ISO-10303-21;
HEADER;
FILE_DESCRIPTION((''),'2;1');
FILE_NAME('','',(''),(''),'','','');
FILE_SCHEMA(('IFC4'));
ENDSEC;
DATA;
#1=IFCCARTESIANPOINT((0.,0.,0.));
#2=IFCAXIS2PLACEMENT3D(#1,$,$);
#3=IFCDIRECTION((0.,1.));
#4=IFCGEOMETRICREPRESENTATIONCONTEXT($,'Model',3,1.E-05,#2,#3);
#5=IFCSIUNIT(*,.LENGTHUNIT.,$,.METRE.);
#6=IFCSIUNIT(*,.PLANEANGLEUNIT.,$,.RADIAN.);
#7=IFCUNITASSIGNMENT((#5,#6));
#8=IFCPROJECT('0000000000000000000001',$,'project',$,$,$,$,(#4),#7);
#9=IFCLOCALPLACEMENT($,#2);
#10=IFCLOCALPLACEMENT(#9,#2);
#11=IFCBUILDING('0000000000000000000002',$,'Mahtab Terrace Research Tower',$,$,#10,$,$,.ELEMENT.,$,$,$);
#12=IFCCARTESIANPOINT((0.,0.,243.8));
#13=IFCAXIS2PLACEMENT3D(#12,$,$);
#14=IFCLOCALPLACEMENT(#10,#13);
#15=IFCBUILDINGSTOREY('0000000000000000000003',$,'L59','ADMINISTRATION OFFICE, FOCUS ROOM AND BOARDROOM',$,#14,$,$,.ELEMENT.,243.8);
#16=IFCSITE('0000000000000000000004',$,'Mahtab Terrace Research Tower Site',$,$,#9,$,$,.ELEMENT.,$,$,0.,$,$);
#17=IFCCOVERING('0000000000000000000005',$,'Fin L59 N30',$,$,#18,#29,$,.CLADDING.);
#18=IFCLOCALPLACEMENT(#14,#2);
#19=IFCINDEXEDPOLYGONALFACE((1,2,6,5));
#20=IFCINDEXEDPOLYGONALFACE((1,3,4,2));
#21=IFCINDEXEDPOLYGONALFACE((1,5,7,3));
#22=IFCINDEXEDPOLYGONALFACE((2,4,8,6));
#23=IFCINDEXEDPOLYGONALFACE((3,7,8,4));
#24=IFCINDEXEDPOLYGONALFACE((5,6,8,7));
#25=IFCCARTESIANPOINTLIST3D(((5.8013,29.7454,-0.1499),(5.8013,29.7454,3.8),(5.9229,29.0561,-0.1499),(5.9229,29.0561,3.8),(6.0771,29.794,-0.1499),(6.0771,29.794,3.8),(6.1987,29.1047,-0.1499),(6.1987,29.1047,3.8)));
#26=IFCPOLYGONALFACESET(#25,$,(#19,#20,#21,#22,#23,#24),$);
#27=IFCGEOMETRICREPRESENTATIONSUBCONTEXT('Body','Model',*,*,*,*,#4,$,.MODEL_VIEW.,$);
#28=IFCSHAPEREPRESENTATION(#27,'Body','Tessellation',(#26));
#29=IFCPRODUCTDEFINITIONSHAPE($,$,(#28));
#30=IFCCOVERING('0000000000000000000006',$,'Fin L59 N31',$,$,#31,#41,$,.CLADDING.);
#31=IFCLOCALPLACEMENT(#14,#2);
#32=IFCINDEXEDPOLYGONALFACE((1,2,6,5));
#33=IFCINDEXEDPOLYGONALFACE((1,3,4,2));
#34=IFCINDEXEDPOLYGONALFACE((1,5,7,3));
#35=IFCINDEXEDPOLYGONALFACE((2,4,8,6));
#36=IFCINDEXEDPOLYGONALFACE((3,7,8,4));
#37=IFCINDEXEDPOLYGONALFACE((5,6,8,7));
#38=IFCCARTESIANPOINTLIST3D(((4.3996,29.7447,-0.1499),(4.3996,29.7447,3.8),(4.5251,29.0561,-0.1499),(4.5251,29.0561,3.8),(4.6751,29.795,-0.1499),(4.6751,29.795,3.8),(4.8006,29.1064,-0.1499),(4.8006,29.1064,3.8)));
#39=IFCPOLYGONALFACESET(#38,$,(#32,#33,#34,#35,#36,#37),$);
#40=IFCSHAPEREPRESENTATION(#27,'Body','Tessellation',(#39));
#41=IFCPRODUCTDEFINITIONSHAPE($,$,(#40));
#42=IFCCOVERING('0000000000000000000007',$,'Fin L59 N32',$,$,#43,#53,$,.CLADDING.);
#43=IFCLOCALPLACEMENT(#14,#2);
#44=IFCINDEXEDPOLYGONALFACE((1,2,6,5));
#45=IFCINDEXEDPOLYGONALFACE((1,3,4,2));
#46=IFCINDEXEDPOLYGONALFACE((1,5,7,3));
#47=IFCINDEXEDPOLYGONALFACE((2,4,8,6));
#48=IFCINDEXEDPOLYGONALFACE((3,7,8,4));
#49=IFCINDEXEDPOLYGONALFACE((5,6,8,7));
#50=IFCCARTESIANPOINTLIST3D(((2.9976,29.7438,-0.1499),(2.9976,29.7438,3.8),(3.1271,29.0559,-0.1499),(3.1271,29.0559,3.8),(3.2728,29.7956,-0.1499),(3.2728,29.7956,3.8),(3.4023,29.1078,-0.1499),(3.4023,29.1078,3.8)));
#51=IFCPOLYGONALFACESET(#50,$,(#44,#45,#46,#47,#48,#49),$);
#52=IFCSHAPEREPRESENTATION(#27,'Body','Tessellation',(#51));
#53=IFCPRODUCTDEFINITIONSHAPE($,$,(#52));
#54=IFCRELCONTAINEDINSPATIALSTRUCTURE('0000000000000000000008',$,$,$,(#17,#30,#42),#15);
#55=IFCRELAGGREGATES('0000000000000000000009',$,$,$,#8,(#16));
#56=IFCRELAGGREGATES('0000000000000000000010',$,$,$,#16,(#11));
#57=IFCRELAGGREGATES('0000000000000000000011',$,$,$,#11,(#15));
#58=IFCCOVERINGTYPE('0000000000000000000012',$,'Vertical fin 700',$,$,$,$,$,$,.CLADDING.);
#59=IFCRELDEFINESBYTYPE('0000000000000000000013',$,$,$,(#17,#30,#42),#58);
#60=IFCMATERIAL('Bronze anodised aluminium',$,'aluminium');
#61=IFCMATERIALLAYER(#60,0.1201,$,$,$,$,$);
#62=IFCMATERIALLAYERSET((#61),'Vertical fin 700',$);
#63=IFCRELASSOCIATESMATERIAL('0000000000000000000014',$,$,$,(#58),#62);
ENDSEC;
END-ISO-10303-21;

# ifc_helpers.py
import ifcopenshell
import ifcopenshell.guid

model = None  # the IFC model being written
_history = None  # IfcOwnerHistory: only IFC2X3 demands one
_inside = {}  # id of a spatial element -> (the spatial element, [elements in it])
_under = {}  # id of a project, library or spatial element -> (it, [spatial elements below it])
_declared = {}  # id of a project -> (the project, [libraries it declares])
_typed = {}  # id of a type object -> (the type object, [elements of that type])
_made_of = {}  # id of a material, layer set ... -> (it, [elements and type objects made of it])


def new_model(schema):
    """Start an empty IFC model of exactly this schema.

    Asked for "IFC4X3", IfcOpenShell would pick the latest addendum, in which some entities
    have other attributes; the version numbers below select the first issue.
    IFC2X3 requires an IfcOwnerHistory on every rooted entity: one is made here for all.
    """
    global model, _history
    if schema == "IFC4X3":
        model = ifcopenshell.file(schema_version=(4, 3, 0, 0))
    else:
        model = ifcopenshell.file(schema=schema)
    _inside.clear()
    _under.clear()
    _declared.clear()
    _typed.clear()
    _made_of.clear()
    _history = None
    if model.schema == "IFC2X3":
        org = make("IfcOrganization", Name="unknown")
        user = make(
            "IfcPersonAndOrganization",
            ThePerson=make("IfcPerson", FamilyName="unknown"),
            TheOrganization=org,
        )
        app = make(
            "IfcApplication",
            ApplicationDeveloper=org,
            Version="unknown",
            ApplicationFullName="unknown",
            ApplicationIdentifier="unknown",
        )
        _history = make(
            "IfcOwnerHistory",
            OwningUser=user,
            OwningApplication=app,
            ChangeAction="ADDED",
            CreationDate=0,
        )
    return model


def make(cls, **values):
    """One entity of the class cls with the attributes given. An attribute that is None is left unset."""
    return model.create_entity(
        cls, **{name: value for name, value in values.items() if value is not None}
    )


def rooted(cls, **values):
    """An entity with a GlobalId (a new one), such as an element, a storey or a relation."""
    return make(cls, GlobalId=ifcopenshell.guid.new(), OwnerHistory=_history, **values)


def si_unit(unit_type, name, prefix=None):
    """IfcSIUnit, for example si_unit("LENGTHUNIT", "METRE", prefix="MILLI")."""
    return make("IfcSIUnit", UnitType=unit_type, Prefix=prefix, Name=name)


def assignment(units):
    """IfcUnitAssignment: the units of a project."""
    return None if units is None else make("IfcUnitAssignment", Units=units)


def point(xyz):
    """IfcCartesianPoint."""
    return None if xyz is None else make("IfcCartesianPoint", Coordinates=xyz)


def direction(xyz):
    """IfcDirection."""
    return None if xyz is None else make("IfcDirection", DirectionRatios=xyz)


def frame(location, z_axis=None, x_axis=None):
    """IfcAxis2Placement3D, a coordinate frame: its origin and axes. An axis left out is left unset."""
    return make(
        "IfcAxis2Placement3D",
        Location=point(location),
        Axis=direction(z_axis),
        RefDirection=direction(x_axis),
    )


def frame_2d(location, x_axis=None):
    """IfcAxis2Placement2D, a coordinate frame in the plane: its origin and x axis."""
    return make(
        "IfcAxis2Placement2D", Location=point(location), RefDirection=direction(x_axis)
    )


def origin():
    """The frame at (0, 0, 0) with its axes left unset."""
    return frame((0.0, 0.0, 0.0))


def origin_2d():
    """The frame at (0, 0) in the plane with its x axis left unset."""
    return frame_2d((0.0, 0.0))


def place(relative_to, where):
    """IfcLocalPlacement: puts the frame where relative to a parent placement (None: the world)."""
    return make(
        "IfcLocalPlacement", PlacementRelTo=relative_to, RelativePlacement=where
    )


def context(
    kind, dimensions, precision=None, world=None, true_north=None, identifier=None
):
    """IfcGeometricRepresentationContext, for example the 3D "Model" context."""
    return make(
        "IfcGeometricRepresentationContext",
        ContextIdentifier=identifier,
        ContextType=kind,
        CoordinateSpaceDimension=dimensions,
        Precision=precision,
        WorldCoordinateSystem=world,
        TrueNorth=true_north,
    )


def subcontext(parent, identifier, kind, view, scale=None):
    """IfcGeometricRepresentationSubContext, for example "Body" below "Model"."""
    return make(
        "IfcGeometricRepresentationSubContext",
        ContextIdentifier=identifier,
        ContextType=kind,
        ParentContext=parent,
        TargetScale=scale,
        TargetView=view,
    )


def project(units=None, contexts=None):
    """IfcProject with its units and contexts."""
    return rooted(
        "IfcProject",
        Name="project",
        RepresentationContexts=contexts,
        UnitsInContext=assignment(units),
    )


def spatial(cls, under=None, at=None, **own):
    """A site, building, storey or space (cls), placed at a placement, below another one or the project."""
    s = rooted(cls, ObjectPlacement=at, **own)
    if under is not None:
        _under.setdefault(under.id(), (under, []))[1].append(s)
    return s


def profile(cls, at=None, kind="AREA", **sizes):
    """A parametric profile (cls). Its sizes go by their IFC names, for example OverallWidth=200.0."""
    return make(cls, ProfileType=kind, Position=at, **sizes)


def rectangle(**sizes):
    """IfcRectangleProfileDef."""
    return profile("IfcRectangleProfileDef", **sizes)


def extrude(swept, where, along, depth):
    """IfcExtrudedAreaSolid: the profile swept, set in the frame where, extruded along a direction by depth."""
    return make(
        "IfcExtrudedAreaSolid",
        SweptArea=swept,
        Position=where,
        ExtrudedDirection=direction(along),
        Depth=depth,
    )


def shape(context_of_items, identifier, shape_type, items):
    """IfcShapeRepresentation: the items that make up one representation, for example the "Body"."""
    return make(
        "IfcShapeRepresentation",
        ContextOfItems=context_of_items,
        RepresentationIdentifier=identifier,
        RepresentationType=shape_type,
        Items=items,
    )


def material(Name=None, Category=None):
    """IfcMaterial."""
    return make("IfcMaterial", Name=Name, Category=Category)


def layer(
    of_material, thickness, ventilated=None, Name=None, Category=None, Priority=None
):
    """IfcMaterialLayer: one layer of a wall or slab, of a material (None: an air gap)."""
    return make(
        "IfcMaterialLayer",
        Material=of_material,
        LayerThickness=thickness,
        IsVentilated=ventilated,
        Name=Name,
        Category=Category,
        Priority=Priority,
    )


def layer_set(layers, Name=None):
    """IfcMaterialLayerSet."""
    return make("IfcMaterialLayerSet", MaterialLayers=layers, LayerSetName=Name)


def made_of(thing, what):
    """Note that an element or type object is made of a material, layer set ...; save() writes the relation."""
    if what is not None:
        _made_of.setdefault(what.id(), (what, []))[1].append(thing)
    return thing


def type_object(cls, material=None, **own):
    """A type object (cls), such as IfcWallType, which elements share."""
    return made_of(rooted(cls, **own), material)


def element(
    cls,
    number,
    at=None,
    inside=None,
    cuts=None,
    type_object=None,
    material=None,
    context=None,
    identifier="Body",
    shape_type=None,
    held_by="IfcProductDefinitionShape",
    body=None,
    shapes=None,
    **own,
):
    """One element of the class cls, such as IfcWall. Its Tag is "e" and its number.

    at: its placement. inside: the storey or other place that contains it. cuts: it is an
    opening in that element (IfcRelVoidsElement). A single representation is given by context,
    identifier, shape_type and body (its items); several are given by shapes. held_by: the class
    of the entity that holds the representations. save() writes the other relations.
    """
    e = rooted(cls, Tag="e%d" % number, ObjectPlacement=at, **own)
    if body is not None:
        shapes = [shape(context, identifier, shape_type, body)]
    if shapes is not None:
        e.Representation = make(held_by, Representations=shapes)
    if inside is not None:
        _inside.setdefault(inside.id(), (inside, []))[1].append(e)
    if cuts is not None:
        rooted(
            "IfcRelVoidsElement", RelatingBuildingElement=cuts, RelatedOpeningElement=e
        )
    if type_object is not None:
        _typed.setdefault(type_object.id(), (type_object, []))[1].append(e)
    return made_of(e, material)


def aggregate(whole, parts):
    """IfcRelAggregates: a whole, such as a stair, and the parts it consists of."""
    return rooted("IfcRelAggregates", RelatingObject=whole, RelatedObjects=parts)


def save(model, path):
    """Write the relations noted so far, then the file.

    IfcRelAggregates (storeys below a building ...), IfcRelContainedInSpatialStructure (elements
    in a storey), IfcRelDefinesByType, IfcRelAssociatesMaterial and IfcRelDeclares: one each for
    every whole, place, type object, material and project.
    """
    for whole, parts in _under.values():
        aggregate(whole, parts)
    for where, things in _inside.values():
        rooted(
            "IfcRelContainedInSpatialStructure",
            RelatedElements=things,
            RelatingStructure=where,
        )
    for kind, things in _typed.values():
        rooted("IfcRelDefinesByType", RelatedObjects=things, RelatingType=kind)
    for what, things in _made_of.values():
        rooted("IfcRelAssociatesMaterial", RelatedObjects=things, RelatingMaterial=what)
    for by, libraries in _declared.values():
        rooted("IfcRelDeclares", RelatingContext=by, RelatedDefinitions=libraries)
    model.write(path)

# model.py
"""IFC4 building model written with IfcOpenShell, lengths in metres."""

from ifc_helpers import new_model, si_unit, direction, frame, origin, origin_2d, place, context, subcontext, project, spatial, rectangle, extrude, material, layer, layer_set, type_object, element, save


model = new_model("IFC4")

# Units and contexts
model_context = context("Model", 3, precision=1e-05, world=origin(), true_north=direction((0.0, 1.0)))
body_context = subcontext(model_context, "Body", "Model", "MODEL_VIEW")
ifc_project = project(units=[si_unit("LENGTHUNIT", "METRE"), si_unit("PLANEANGLEUNIT", "RADIAN")], contexts=[model_context])

# Site, building, storey
site_placement = place(None, origin())
site = spatial("IfcSite", under=ifc_project, at=site_placement, Name="Mahtab Terrace Research Tower Site", CompositionType="ELEMENT", RefElevation=0.0)
building_placement = place(site_placement, origin())
building = spatial("IfcBuilding", under=site, at=building_placement, Name="Mahtab Terrace Research Tower", CompositionType="ELEMENT")
storey_placement = place(building_placement, frame((0.0, 0.0, 243.8)))
storey = spatial("IfcBuildingStorey", under=building, at=storey_placement, Name="L59", Description="ADMINISTRATION OFFICE, FOCUS ROOM AND BOARDROOM", CompositionType="ELEMENT", Elevation=243.8)

# Coverings
ifc_material_1 = material(Name="Bronze anodised aluminium", Category="aluminium")
ifc_layer_1 = layer(ifc_material_1, 0.1201)
ifc_layer_set_1 = layer_set([ifc_layer_1], Name="Vertical fin 700")
covering_type = type_object("IfcCoveringType", Name="Vertical fin 700", PredefinedType="CLADDING", material=ifc_layer_set_1)
for number, where, z_axis, x_axis, name in (
    (1, (6.0, 29.425, -0.1499), (0.0, 0.0, 1.0), (-0.984808, -0.173648, 0.0), "Fin L59 N30"),
    (2, (4.6001, 29.4255, -0.1499), (0.0, 0.0, 1.0), (-0.983781, -0.179375, 0.0), "Fin L59 N31"),
    (3, (3.2, 29.4258, -0.1499), (0.0, 0.0, 1.0), (-0.982721, -0.185095, 0.0), "Fin L59 N32"),
):
    element("IfcCovering", number, at=place(storey_placement, frame(where, z_axis=z_axis, x_axis=x_axis)), inside=storey, type_object=covering_type, Name=name, PredefinedType="CLADDING", context=body_context, shape_type="SweptSolid", body=[
        extrude(rectangle(XDim=0.28, YDim=0.7, at=origin_2d()), origin(), (0.0, 0.0, 1.0), 3.95),
    ])

save(model, "model.ifc")
